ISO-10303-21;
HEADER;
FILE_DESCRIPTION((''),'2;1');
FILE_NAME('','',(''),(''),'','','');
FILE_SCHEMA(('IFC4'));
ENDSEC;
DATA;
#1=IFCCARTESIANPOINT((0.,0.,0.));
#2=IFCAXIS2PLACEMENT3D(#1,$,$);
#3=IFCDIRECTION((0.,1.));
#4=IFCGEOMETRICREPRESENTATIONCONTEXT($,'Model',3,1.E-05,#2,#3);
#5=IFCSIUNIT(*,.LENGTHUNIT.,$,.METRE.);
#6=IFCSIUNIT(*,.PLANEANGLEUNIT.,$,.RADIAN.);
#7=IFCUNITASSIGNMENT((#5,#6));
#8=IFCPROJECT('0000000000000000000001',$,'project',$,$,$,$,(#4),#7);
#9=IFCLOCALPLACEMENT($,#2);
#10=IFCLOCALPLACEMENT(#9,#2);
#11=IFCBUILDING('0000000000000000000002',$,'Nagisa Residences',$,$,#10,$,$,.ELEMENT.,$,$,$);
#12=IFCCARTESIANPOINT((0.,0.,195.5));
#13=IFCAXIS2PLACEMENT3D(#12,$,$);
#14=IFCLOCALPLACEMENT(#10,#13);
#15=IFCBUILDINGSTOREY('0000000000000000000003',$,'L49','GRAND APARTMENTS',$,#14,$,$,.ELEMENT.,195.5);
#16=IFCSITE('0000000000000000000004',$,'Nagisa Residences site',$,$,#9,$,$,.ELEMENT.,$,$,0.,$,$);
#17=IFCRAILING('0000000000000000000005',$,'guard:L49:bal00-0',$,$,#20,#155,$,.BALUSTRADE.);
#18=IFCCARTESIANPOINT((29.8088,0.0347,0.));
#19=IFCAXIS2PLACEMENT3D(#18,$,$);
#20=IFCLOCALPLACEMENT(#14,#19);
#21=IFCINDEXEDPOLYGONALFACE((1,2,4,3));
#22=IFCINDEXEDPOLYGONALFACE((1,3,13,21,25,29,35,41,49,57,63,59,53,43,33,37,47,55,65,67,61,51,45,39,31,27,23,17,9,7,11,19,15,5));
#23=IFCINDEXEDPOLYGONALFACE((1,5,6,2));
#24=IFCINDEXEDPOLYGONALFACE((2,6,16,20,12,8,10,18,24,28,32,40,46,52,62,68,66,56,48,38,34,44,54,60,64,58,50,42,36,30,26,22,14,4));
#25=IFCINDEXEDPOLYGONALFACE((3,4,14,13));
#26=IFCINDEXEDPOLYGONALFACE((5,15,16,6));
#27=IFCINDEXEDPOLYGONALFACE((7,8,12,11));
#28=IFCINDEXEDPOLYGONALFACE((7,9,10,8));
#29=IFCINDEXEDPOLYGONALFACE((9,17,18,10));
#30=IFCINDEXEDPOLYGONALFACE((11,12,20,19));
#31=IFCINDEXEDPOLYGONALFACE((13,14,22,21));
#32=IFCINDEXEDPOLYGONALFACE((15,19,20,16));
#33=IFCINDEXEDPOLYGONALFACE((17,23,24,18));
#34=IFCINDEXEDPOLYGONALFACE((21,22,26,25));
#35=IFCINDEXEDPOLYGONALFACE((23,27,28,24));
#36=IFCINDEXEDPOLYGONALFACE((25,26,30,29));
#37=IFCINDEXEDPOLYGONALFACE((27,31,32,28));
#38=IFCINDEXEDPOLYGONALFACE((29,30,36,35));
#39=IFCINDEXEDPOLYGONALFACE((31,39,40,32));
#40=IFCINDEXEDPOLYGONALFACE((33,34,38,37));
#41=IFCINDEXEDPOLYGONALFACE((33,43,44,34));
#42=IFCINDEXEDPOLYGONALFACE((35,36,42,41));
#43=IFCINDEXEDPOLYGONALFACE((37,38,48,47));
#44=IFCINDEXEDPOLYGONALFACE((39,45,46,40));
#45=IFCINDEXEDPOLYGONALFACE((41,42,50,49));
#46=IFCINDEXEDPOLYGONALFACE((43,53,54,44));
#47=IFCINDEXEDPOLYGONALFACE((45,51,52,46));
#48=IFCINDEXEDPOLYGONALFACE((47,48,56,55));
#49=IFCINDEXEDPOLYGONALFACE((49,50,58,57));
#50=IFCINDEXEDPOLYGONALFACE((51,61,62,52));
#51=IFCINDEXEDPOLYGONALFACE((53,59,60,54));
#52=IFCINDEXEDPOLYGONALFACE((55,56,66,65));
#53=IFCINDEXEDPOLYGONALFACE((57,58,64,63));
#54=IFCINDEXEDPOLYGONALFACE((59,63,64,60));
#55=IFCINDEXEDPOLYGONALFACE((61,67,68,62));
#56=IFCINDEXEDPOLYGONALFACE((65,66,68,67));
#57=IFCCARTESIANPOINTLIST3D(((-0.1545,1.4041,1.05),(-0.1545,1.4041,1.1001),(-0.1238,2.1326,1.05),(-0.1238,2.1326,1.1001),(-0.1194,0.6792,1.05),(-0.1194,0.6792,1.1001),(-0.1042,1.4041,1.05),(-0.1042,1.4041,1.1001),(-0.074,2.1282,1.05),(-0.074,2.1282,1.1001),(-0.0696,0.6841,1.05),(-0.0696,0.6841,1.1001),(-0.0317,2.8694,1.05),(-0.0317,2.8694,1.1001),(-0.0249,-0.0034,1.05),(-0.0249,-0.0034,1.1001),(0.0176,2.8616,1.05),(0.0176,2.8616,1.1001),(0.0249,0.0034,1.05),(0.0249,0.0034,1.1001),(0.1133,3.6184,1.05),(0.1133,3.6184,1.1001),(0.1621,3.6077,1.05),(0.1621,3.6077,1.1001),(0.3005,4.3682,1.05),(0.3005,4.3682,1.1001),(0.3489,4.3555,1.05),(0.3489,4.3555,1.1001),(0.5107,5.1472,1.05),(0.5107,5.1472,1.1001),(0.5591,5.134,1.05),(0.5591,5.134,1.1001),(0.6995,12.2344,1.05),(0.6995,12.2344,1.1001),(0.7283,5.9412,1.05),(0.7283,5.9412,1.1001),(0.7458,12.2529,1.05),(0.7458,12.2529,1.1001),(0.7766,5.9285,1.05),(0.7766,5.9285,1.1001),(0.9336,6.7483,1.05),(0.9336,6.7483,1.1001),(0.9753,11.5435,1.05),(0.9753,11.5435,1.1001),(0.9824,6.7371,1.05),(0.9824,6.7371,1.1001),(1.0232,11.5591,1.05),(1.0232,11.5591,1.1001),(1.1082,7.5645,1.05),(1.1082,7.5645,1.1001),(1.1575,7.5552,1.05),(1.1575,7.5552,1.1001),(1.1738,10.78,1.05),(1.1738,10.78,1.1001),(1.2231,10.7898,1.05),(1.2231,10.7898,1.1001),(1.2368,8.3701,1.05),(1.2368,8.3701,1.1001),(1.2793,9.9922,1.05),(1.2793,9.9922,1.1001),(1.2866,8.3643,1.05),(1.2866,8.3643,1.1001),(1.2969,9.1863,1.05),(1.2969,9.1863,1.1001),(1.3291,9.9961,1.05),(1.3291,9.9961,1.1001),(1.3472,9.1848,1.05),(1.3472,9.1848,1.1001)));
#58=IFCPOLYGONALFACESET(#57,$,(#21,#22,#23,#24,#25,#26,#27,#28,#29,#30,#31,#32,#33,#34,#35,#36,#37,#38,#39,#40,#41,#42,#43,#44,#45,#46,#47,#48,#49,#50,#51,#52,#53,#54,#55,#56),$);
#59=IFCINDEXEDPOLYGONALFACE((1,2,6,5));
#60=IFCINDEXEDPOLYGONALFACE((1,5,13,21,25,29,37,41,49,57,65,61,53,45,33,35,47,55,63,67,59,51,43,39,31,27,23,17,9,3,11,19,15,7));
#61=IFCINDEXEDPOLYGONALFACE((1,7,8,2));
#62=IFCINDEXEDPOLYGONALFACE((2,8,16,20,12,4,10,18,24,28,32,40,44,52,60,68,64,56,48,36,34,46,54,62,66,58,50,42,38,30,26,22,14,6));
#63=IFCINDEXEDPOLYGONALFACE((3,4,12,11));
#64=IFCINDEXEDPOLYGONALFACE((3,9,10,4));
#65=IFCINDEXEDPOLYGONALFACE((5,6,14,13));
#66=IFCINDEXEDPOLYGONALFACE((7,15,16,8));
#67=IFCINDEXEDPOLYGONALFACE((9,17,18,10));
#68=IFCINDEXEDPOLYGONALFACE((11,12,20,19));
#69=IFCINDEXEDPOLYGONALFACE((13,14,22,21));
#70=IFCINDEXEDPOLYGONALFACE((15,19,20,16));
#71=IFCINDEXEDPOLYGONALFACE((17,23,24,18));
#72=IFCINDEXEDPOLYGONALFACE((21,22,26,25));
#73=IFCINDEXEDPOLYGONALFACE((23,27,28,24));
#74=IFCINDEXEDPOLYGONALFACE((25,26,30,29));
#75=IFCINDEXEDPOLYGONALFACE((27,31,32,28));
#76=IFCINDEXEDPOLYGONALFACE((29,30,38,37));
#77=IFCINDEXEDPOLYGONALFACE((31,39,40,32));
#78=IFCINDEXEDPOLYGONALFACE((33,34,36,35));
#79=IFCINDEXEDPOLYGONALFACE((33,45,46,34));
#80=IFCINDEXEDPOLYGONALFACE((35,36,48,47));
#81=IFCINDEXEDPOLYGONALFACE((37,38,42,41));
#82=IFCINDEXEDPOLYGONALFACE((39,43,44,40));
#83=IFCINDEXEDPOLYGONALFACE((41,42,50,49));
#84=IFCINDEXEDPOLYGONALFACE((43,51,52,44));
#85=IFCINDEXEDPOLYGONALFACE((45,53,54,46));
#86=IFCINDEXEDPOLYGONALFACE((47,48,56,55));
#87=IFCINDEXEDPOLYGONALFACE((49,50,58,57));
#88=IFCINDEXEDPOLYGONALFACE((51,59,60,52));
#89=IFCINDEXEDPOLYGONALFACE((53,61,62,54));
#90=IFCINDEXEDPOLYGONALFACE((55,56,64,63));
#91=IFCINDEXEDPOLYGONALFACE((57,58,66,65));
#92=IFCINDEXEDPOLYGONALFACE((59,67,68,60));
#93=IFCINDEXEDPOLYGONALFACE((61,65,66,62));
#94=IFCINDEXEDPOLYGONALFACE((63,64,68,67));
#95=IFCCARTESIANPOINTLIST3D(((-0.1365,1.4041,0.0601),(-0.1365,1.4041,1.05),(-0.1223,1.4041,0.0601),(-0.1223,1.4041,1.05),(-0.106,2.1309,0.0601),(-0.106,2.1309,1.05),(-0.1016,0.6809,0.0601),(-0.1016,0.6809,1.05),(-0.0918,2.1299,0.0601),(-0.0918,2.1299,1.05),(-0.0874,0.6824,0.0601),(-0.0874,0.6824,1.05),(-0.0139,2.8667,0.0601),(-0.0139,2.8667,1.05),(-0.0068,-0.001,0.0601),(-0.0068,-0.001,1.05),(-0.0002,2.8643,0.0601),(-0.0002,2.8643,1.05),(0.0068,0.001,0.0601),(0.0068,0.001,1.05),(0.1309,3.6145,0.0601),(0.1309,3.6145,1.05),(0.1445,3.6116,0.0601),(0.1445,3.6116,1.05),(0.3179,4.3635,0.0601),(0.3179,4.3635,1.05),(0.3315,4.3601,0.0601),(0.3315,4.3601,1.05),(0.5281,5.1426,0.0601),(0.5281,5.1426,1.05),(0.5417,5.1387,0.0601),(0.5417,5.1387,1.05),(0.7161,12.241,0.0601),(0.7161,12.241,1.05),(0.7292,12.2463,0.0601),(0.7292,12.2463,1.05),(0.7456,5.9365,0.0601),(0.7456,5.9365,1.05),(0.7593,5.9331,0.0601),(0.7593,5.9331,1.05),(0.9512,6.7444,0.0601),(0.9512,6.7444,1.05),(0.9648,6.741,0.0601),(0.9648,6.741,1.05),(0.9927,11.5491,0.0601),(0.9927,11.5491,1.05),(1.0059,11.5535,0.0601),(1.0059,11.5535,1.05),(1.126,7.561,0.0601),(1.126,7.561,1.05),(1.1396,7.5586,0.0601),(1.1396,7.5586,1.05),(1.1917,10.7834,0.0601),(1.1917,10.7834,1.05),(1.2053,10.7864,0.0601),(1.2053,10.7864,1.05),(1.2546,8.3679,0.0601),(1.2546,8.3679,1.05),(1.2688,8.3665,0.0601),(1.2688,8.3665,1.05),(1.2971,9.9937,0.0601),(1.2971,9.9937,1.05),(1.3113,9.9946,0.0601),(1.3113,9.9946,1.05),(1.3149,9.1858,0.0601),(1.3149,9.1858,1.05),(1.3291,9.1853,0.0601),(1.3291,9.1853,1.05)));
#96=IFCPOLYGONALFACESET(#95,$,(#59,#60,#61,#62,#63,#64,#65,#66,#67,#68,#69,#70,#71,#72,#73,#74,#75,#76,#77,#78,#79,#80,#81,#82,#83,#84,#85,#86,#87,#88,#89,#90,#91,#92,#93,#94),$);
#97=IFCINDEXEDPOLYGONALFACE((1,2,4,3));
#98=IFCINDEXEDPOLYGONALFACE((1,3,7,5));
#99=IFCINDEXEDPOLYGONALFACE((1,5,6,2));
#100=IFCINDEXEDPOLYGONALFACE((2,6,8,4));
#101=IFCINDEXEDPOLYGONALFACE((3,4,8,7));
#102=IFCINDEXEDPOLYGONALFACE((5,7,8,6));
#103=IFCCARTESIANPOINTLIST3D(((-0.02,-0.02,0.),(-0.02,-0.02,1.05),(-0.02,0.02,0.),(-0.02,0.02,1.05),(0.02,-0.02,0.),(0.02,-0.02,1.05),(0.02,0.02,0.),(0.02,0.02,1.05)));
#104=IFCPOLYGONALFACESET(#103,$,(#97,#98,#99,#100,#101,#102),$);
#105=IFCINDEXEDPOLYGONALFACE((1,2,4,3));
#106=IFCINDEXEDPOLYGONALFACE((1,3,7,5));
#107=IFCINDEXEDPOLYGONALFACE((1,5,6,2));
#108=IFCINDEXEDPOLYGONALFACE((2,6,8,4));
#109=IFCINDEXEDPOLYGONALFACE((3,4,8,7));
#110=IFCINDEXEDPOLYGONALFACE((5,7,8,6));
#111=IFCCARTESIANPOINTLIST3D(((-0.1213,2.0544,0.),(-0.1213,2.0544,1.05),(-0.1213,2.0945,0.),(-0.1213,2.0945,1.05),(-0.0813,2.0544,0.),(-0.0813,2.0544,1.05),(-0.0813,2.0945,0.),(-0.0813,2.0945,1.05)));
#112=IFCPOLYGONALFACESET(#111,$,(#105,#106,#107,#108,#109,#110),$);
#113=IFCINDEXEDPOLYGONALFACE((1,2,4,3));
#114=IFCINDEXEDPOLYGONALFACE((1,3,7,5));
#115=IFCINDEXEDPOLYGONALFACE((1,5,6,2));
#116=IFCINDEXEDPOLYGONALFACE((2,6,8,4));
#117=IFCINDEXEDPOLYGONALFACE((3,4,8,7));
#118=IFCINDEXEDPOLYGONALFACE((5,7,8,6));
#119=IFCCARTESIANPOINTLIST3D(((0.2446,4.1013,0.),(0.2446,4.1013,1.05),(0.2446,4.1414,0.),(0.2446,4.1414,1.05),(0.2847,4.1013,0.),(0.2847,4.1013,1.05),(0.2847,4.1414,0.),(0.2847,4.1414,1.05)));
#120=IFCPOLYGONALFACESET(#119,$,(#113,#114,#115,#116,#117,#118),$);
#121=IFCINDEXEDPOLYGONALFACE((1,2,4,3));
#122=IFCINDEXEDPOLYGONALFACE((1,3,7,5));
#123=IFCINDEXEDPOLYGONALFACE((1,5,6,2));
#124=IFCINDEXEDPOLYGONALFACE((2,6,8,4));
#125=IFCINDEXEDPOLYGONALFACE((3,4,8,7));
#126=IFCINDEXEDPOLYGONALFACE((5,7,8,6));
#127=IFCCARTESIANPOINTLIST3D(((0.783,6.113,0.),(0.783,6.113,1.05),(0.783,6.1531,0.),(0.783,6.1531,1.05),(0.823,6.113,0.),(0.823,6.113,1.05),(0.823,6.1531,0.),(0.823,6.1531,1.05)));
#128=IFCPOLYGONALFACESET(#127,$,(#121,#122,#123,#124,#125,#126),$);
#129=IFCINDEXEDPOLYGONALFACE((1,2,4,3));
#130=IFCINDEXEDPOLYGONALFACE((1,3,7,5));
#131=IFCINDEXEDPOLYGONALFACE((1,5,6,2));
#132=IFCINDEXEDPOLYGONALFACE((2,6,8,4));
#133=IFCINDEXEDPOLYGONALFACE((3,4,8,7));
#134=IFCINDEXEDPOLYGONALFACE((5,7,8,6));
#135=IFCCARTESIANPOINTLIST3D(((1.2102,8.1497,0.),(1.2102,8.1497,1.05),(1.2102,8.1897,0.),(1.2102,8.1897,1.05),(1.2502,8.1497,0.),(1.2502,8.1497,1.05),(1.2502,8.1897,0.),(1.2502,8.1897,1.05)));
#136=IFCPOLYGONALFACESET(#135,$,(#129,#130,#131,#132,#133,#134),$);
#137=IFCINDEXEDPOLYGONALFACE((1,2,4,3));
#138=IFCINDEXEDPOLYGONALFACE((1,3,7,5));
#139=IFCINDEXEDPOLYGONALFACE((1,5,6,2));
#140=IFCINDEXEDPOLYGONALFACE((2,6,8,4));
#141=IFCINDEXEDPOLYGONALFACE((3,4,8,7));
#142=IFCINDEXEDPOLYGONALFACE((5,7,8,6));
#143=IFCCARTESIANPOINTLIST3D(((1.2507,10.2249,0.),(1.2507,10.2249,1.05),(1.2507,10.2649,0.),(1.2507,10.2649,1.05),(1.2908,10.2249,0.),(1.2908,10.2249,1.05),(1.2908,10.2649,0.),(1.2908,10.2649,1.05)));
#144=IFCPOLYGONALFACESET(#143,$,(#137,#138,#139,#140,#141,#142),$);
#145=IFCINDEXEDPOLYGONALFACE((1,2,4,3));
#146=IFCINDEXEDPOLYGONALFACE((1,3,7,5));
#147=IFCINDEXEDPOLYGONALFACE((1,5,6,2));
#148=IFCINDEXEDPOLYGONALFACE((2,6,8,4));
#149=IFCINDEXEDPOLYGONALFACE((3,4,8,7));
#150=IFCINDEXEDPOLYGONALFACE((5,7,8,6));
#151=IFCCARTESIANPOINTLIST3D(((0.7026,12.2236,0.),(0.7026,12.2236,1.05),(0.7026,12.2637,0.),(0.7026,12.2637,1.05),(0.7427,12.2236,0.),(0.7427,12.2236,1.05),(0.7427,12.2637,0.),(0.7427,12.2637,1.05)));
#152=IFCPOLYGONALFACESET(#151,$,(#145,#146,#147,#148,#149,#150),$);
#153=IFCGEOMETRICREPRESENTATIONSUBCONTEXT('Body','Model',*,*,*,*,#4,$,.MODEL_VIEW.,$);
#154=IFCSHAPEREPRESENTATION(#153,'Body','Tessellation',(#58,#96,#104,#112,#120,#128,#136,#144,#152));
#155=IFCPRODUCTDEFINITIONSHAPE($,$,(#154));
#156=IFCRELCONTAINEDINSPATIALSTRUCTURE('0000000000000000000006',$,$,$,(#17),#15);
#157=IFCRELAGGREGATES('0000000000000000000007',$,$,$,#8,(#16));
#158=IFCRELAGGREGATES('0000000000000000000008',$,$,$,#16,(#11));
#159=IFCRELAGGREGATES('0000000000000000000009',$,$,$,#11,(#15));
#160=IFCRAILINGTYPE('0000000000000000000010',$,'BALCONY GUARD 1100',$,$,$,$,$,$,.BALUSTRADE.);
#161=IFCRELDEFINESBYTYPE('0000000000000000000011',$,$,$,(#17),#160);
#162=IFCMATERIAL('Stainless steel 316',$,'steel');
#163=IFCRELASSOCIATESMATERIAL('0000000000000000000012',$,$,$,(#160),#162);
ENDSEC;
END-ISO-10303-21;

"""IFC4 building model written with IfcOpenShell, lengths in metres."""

from ifc_helpers import new_model, si_unit, direction, frame, origin, origin_2d, place, context, subcontext, project, spatial, polyline, rectangle, outline, extrude, material, type_object, element, save


model = new_model("IFC4")

# Units and contexts
model_context = context("Model", 3, precision=1e-05, world=origin(), true_north=direction((0.0, 1.0)))
body_context = subcontext(model_context, "Body", "Model", "MODEL_VIEW")
ifc_project = project(units=[si_unit("LENGTHUNIT", "METRE"), si_unit("PLANEANGLEUNIT", "RADIAN")], contexts=[model_context])

# Site, building, storey
site_placement = place(None, origin())
site = spatial("IfcSite", under=ifc_project, at=site_placement, Name="Nagisa Residences site", CompositionType="ELEMENT", RefElevation=0.0)
building_placement = place(site_placement, origin())
building = spatial("IfcBuilding", under=site, at=building_placement, Name="Nagisa Residences", CompositionType="ELEMENT")
storey_placement = place(building_placement, frame((0.0, 0.0, 195.5)))
storey = spatial("IfcBuildingStorey", under=building, at=storey_placement, Name="L49", Description="GRAND APARTMENTS", CompositionType="ELEMENT", Elevation=195.5)

# Railing
ifc_material_1 = material(Name="Stainless steel 316", Category="steel")
railing_type = type_object("IfcRailingType", Name="BALCONY GUARD 1100", PredefinedType="BALUSTRADE", material=ifc_material_1)
railing_1_placement = place(storey_placement, frame((29.8088, 0.0347, 0.0)))
element("IfcRailing", 1, at=railing_1_placement, inside=storey, type_object=railing_type, Name="guard:L49:bal00-0", PredefinedType="BALUSTRADE", context=body_context, shape_type="SweptSolid", body=[
    extrude(outline(polyline([(-0.1194, 0.6792), (-0.0249, -0.0034), (0.0249, 0.0034), (-0.0696, 0.6841), (-0.1042, 1.4041), (-0.074, 2.1282), (0.0176, 2.8616), (0.1621, 3.6077), (0.3489, 4.3555), (0.5591, 5.134), (0.7766, 5.9285), (0.9824, 6.7371), (1.1575, 7.5552), (1.2866, 8.3643), (1.3472, 9.1848), (1.3291, 9.9961), (1.2231, 10.7898), (1.0232, 11.5591), (0.7458, 12.2529), (0.6995, 12.2344), (0.9753, 11.5435), (1.1738, 10.78), (1.2793, 9.9922), (1.2969, 9.1863), (1.2368, 8.3701), (1.1082, 7.5645), (0.9336, 6.7483), (0.7283, 5.9412), (0.5107, 5.1472), (0.3005, 4.3682), (0.1133, 3.6184), (-0.0317, 2.8694), (-0.1238, 2.1326), (-0.1545, 1.4041), (-0.1194, 0.6792)])), frame((0.0, 0.0, 1.05)), (0.0, 0.0, 1.0), 0.05),
    extrude(outline(polyline([(-0.1016, 0.6809), (-0.0068, -0.001), (0.0068, 0.001), (-0.0874, 0.6824), (-0.1223, 1.4041), (-0.0918, 2.1299), (-0.0002, 2.8643), (0.1445, 3.6116), (0.3315, 4.3601), (0.5417, 5.1387), (0.7593, 5.9331), (0.9648, 6.741), (1.1396, 7.5586), (1.2688, 8.3665), (1.3291, 9.1853), (1.3113, 9.9946), (1.2053, 10.7864), (1.0059, 11.5535), (0.7292, 12.2463), (0.7161, 12.241), (0.9927, 11.5491), (1.1917, 10.7834), (1.2971, 9.9937), (1.3149, 9.1858), (1.2546, 8.3679), (1.126, 7.561), (0.9512, 6.7444), (0.7456, 5.9365), (0.5281, 5.1426), (0.3179, 4.3635), (0.1309, 3.6145), (-0.0139, 2.8667), (-0.106, 2.1309), (-0.1365, 1.4041), (-0.1016, 0.6809)])), frame((0.0, 0.0, 0.0601)), (0.0, 0.0, 1.0), 0.99),
    extrude(rectangle(XDim=0.04, YDim=0.04, at=origin_2d()), origin(), (0.0, 0.0, 1.0), 1.05),
    extrude(rectangle(XDim=0.04, YDim=0.04, at=origin_2d()), frame((-0.1013, 2.0745, 0.0)), (0.0, 0.0, 1.0), 1.05),
    extrude(rectangle(XDim=0.04, YDim=0.04, at=origin_2d()), frame((0.2646, 4.1213, 0.0)), (0.0, 0.0, 1.0), 1.05),
    extrude(rectangle(XDim=0.04, YDim=0.04, at=origin_2d()), frame((0.803, 6.1331, 0.0)), (0.0, 0.0, 1.0), 1.05),
    extrude(rectangle(XDim=0.04, YDim=0.04, at=origin_2d()), frame((1.2302, 8.1697, 0.0)), (0.0, 0.0, 1.0), 1.05),
    extrude(rectangle(XDim=0.04, YDim=0.04, at=origin_2d()), frame((1.2708, 10.2449, 0.0)), (0.0, 0.0, 1.0), 1.05),
    extrude(rectangle(XDim=0.04, YDim=0.04, at=origin_2d()), frame((0.7227, 12.2437, 0.0)), (0.0, 0.0, 1.0), 1.05),
])

save(model, "model.ifc")
